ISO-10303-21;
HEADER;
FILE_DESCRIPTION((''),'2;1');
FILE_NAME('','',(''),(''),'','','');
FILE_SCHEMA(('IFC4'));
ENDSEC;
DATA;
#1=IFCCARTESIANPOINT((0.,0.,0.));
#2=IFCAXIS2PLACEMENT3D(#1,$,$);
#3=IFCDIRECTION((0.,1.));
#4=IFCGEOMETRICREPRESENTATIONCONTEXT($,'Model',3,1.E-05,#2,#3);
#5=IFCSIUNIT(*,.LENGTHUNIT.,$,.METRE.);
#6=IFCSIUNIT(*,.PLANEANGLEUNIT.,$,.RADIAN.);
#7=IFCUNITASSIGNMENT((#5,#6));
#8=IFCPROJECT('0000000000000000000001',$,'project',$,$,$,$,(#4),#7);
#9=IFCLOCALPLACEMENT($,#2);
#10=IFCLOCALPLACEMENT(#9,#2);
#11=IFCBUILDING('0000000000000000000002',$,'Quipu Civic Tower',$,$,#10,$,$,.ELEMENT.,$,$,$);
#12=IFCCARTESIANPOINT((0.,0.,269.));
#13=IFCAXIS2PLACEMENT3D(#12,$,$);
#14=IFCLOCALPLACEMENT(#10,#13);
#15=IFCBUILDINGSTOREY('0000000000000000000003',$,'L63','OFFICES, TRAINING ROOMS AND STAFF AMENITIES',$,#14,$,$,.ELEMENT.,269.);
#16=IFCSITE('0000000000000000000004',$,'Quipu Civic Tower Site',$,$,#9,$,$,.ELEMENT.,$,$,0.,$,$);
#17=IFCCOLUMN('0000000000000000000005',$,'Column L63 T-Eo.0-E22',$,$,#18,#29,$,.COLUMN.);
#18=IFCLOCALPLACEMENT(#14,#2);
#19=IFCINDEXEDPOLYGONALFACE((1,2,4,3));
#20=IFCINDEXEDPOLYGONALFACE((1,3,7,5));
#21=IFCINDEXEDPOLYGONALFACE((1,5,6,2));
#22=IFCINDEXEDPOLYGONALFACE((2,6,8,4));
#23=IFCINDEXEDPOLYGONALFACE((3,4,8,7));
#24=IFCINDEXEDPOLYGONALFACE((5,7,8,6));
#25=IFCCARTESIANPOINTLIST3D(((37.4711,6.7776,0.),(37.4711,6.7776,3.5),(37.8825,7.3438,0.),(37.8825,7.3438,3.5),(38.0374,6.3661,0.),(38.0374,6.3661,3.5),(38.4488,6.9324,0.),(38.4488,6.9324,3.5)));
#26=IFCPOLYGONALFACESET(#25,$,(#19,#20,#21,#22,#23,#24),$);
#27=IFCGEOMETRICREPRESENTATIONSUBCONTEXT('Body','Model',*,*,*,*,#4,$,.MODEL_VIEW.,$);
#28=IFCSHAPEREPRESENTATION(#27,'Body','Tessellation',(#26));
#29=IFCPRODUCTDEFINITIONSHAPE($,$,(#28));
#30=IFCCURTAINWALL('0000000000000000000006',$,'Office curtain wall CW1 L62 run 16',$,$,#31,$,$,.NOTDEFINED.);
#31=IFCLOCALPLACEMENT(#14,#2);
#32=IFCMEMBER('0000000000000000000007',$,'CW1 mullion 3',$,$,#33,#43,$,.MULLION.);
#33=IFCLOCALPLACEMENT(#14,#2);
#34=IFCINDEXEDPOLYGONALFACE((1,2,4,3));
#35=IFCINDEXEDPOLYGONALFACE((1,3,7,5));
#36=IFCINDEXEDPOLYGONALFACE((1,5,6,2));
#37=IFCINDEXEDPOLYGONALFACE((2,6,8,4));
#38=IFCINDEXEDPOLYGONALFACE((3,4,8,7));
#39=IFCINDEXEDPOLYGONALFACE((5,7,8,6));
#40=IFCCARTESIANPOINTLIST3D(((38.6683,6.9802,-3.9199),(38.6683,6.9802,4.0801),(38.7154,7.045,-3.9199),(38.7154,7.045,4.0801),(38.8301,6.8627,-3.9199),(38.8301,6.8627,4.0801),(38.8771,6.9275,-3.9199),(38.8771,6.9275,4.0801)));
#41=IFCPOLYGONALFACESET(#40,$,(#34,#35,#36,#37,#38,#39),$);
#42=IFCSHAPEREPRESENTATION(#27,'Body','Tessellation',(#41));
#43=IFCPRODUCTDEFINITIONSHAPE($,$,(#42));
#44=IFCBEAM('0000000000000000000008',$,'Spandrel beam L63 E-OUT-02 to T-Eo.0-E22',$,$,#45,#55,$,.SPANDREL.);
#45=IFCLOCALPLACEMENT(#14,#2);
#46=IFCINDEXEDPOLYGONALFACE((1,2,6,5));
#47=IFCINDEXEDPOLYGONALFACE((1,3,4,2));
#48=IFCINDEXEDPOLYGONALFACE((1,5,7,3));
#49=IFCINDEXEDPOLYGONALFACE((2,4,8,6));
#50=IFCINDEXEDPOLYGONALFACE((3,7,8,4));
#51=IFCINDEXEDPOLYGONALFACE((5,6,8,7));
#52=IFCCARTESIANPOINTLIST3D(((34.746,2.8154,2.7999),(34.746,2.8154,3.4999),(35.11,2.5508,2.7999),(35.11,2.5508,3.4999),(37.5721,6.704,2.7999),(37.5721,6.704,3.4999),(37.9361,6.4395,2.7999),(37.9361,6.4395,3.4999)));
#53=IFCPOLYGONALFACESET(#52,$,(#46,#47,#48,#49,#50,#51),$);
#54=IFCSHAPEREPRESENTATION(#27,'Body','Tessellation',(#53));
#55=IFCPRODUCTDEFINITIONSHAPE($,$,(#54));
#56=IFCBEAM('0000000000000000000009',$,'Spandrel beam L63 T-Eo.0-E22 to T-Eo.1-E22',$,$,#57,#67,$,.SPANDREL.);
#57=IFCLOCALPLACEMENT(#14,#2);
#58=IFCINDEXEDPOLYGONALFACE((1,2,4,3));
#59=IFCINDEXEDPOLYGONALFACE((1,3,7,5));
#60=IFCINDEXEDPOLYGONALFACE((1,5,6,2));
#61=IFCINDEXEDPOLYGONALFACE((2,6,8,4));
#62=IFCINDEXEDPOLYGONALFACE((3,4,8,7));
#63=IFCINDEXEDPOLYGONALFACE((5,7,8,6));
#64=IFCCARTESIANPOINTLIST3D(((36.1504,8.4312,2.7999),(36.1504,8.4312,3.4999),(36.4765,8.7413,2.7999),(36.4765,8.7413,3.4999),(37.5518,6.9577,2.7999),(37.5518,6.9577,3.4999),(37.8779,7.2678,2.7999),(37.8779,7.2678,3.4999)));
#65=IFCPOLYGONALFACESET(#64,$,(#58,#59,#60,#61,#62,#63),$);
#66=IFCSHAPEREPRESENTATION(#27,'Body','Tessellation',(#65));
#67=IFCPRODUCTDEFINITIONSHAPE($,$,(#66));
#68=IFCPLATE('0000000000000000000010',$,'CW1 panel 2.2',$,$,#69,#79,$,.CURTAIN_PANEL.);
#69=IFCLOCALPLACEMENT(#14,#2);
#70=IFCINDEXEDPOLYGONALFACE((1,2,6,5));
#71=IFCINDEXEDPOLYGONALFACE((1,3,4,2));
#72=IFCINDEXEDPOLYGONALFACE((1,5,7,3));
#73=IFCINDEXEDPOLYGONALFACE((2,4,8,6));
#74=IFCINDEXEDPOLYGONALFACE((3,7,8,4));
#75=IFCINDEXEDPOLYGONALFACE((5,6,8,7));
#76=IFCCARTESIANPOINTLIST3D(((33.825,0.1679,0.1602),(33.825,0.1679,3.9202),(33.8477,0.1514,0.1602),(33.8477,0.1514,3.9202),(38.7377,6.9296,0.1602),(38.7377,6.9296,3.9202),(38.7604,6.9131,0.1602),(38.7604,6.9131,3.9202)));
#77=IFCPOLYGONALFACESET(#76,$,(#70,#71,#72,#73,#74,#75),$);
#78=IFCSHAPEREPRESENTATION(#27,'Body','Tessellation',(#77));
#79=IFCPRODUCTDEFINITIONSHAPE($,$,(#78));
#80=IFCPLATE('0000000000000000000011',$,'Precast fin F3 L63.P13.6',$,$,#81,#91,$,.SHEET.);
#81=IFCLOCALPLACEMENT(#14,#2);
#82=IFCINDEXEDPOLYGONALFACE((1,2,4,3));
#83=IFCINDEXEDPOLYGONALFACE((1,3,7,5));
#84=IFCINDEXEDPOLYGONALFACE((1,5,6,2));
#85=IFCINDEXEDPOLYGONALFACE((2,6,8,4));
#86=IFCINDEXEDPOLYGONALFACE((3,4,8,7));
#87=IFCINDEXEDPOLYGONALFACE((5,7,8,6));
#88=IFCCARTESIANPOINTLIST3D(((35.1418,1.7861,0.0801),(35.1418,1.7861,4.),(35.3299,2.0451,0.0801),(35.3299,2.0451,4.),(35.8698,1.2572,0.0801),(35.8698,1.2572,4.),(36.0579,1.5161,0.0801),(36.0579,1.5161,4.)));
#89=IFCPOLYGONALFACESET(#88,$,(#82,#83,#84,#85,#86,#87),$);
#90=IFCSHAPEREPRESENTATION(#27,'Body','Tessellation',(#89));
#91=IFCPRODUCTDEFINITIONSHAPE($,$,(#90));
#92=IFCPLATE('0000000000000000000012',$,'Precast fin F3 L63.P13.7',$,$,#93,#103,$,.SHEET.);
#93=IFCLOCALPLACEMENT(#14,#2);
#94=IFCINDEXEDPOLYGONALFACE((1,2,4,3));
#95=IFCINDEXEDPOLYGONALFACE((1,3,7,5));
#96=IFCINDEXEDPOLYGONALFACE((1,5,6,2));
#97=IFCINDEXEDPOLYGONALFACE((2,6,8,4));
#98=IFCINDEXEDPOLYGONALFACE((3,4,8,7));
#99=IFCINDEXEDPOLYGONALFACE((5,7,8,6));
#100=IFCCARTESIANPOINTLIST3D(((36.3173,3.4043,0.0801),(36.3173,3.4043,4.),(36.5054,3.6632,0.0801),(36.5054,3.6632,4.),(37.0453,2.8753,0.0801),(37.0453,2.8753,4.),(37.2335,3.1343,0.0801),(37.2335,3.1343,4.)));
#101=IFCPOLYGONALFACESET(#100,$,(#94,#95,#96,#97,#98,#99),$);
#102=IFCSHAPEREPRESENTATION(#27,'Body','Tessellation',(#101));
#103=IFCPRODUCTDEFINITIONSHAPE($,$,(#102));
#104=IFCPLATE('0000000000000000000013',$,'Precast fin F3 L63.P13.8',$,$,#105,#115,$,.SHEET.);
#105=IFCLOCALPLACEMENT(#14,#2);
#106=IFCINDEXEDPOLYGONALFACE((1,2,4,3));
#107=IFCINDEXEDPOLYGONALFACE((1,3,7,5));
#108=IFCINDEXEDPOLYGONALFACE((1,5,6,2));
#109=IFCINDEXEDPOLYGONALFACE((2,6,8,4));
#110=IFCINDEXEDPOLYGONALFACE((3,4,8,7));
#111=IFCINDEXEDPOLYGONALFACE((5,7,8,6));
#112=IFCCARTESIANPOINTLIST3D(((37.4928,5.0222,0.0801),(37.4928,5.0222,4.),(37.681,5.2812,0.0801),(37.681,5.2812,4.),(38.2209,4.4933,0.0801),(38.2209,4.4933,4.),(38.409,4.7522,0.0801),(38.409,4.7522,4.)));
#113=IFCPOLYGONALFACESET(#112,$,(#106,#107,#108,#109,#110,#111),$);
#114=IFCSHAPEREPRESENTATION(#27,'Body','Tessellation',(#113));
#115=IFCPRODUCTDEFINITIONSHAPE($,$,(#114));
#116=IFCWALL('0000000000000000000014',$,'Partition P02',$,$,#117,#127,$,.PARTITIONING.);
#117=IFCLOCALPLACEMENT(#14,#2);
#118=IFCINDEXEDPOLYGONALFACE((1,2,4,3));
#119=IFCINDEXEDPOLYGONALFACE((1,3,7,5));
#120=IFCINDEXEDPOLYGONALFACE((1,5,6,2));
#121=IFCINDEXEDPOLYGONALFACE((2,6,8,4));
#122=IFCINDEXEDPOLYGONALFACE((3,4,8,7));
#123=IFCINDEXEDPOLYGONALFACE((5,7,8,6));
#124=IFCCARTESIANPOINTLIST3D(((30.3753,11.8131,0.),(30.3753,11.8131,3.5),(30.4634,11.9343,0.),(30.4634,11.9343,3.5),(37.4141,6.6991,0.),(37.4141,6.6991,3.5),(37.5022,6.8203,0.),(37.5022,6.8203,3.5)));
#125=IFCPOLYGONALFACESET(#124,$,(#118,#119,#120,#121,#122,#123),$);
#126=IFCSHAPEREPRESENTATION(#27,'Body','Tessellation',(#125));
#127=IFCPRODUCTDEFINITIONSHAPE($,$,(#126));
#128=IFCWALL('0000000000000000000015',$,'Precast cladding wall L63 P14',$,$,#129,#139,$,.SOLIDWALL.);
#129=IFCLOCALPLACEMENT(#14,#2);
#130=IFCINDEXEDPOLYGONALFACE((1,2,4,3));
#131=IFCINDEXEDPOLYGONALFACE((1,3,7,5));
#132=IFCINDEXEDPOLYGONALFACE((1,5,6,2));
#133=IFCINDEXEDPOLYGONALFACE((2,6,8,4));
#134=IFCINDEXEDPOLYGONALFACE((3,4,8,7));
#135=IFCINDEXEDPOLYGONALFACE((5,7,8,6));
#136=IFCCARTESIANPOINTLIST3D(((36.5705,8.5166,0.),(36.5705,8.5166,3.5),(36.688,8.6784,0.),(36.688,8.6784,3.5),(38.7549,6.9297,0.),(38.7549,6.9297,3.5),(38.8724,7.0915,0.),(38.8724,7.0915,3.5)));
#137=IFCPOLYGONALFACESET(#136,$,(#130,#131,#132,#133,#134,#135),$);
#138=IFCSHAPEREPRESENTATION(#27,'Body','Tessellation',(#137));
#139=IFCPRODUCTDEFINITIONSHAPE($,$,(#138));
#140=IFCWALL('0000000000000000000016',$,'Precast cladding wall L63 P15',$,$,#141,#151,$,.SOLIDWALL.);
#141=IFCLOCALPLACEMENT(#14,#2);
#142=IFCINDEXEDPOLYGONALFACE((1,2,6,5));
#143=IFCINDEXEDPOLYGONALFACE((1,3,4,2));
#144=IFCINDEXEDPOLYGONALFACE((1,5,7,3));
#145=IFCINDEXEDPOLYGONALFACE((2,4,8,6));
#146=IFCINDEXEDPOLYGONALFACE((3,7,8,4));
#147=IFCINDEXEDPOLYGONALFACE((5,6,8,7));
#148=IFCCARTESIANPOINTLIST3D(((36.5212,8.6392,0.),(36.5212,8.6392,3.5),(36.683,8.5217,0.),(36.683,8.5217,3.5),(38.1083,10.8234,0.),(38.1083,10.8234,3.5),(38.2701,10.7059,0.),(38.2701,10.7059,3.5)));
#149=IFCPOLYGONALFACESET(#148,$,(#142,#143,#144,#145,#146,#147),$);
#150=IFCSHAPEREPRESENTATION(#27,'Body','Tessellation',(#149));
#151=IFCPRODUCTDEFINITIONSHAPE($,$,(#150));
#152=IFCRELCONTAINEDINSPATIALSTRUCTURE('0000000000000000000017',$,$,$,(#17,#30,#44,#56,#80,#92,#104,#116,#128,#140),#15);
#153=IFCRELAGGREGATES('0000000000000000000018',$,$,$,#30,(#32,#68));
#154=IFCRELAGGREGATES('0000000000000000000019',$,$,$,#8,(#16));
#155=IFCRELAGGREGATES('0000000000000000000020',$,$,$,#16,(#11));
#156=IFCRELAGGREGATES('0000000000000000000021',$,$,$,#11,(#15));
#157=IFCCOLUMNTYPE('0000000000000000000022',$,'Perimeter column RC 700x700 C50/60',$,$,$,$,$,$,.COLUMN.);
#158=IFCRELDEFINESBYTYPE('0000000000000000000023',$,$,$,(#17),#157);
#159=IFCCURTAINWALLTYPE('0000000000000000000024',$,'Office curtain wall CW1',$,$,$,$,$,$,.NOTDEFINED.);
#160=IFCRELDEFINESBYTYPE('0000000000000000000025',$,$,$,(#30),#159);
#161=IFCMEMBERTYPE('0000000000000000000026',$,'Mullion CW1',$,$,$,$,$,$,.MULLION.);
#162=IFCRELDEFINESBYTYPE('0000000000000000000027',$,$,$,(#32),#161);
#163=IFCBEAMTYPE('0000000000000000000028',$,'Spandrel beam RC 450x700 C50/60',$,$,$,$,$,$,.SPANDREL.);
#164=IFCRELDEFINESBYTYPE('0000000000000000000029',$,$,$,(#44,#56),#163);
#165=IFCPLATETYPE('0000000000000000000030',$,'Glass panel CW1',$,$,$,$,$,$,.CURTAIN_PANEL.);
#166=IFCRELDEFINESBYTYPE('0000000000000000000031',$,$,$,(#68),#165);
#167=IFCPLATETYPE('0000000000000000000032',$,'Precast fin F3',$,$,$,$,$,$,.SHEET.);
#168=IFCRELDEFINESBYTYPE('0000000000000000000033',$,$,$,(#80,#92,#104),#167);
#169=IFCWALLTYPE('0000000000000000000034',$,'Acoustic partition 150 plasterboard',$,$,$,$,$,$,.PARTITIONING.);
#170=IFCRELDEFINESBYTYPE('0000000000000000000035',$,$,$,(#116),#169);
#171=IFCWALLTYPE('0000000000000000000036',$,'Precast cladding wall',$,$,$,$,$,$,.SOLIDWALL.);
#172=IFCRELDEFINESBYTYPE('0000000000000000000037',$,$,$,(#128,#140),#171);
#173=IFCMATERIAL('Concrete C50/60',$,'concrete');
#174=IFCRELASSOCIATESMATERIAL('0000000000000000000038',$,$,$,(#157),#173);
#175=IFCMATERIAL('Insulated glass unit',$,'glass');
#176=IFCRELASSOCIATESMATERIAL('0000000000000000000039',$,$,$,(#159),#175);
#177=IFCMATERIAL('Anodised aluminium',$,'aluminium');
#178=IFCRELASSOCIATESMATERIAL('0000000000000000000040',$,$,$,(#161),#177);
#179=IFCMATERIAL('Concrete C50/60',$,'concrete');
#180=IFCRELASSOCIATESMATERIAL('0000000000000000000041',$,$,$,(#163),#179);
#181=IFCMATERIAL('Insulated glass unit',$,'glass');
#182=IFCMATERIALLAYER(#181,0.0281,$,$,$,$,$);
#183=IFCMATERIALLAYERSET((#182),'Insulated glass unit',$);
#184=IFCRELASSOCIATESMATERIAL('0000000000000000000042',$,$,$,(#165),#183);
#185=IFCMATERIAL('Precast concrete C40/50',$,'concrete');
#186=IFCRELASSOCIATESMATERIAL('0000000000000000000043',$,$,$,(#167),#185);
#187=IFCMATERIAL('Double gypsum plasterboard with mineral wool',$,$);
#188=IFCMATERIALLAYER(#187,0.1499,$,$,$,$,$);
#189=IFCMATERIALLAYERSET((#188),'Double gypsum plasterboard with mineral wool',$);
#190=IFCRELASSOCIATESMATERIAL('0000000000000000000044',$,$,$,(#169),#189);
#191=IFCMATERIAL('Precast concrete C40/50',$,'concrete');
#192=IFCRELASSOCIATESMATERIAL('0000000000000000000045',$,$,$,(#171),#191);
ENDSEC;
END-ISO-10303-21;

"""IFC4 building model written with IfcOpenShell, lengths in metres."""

from ifc_helpers import new_model, si_unit, direction, frame, frame_2d, origin, origin_2d, place, context, subcontext, project, spatial, rectangle, extrude, material, layer, layer_set, material_profile, profile_set, type_object, element, aggregate, save


model = new_model("IFC4")

# Units and contexts
model_context = context("Model", 3, precision=1e-05, world=origin(), true_north=direction((0.0, 1.0)))
body_context = subcontext(model_context, "Body", "Model", "MODEL_VIEW")
ifc_project = project(units=[si_unit("LENGTHUNIT", "METRE"), si_unit("PLANEANGLEUNIT", "RADIAN")], contexts=[model_context])

# Site, building, storey
site_placement = place(None, origin())
site = spatial("IfcSite", under=ifc_project, at=site_placement, Name="Quipu Civic Tower Site", CompositionType="ELEMENT", RefElevation=0.0)
building_placement = place(site_placement, origin())
building = spatial("IfcBuilding", under=site, at=building_placement, Name="Quipu Civic Tower", CompositionType="ELEMENT")
storey_placement = place(building_placement, frame((0.0, 0.0, 269.0)))
storey = spatial("IfcBuildingStorey", under=building, at=storey_placement, Name="L63", Description="OFFICES, TRAINING ROOMS AND STAFF AMENITIES", CompositionType="ELEMENT", Elevation=269.0)

# Column
ifc_material_1 = material(Name="Concrete C50/60", Category="concrete")
ifc_material_profile_1 = material_profile(ifc_material_1, rectangle(XDim=0.7, YDim=0.7, at=origin_2d()), Name="RC700x700")
ifc_profile_set_1 = profile_set([ifc_material_profile_1], Name="Concrete C50/60")
column_type = type_object("IfcColumnType", Name="Perimeter column RC 700x700 C50/60", PredefinedType="COLUMN", material=ifc_profile_set_1)
column_placement = place(storey_placement, frame((37.96, 6.855, 0.0), z_axis=(0.0, 0.0, 1.0), x_axis=(0.587785, 0.809017, 0.0)))
element("IfcColumn", 1, at=column_placement, inside=storey, type_object=column_type, Name="Column L63 T-Eo.0-E22", PredefinedType="COLUMN", context=body_context, shape_type="SweptSolid", body=[
    extrude(rectangle(XDim=0.7, YDim=0.7, at=origin_2d()), origin(), (0.0, 0.0, 1.0), 3.5),
])

# Curtain wall, member
ifc_material_2 = material(Name="Insulated glass unit", Category="glass")
curtain_wall_type = type_object("IfcCurtainWallType", Name="Office curtain wall CW1", PredefinedType="NOTDEFINED", material=ifc_material_2)
curtain_wall_placement = place(storey_placement, origin())
curtain_wall = element("IfcCurtainWall", 2, at=curtain_wall_placement, inside=storey, type_object=curtain_wall_type, Name="Office curtain wall CW1 L62 run 16", PredefinedType="NOTDEFINED")
ifc_material_3 = material(Name="Anodised aluminium", Category="aluminium")
ifc_material_profile_2 = material_profile(ifc_material_3, rectangle(XDim=0.2, YDim=0.0801, at=origin_2d()), Name="RECT 200x80")
ifc_profile_set_2 = profile_set([ifc_material_profile_2], Name="Anodised aluminium")
member_type = type_object("IfcMemberType", Name="Mullion CW1", PredefinedType="MULLION", material=ifc_profile_set_2)
member_placement = place(storey_placement, frame((38.7727, 6.9539, -3.9199), z_axis=(0.0, 0.0, 1.0), x_axis=(-0.809016, 0.587786, 0.0)))
member = element("IfcMember", 3, at=member_placement, type_object=member_type, Name="CW1 mullion 3", PredefinedType="MULLION", context=body_context, shape_type="SweptSolid", body=[
    extrude(rectangle(XDim=0.2, YDim=0.0801, at=origin_2d()), origin(), (0.0, 0.0, 1.0), 8.0),
])

# Beams
ifc_material_4 = material(Name="Concrete C50/60", Category="concrete")
ifc_material_profile_3 = material_profile(ifc_material_4, rectangle(XDim=0.45, YDim=0.7, at=origin_2d()), Name="RC450x700")
ifc_profile_set_3 = profile_set([ifc_material_profile_3], Name="Concrete C50/60")
beam_type = type_object("IfcBeamType", Name="Spandrel beam RC 450x700 C50/60", PredefinedType="SPANDREL", material=ifc_profile_set_3)
beam_1_placement = place(storey_placement, frame((34.928, 2.6831, 3.1499), z_axis=(0.587906, 0.808929, 0.0), x_axis=(-0.808929, 0.587906, 0.0)))
element("IfcBeam", 4, at=beam_1_placement, inside=storey, type_object=beam_type, Name="Spandrel beam L63 E-OUT-02 to T-Eo.0-E22", PredefinedType="SPANDREL", context=body_context, shape_type="SweptSolid", body=[
    extrude(rectangle(XDim=0.45, YDim=0.7, at=origin_2d()), origin(), (0.0, 0.0, 1.0), 4.8071),
])
beam_2_placement = place(storey_placement, frame((37.7148, 7.1128, 3.1499), z_axis=(-0.689175, 0.724595, 0.0), x_axis=(-0.724595, -0.689175, 0.0)))
element("IfcBeam", 5, at=beam_2_placement, inside=storey, type_object=beam_type, Name="Spandrel beam L63 T-Eo.0-E22 to T-Eo.1-E22", PredefinedType="SPANDREL", context=body_context, shape_type="SweptSolid", body=[
    extrude(rectangle(XDim=0.45, YDim=0.7, at=origin_2d()), origin(), (0.0, 0.0, 1.0), 2.0334),
])

# Plate
ifc_material_5 = material(Name="Insulated glass unit", Category="glass")
ifc_layer_1 = layer(ifc_material_5, 0.0281)
ifc_layer_set_1 = layer_set([ifc_layer_1], Name="Insulated glass unit")
plate_type_1 = type_object("IfcPlateType", Name="Glass panel CW1", PredefinedType="CURTAIN_PANEL", material=ifc_layer_set_1)
plate_placement = place(storey_placement, frame((36.2927, 3.5405, 0.1602), z_axis=(0.0, 0.0, 1.0), x_axis=(0.587786, 0.809016, 0.0)))
plate = element("IfcPlate", 6, at=plate_placement, type_object=plate_type_1, Name="CW1 panel 2.2", PredefinedType="CURTAIN_PANEL", context=body_context, shape_type="SweptSolid", body=[
    extrude(rectangle(XDim=8.3579, YDim=0.0281, at=origin_2d()), origin(), (0.0, 0.0, 1.0), 3.76),
])
aggregate(curtain_wall, [member, plate])

# Plates
ifc_material_6 = material(Name="Precast concrete C40/50", Category="concrete")
plate_type_2 = type_object("IfcPlateType", Name="Precast fin F3", PredefinedType="SHEET", material=ifc_material_6)
for number, where, z_axis, x_axis, name in (
    (7, (35.5999, 1.6511, 0.0801), (0.0, 0.0, 1.0), (0.587787, 0.809016, 0.0), "Precast fin F3 L63.P13.6"),
    (8, (36.7754, 3.2693, 0.0801), (0.0, 0.0, 1.0), (0.587787, 0.809016, 0.0), "Precast fin F3 L63.P13.7"),
    (9, (37.9509, 4.8872, 0.0801), (0.0, 0.0, 1.0), (0.587787, 0.809016, 0.0), "Precast fin F3 L63.P13.8"),
):
    element("IfcPlate", number, at=place(storey_placement, frame(where, z_axis=z_axis, x_axis=x_axis)), inside=storey, type_object=plate_type_2, Name=name, PredefinedType="SHEET", context=body_context, shape_type="SweptSolid", body=[
        extrude(rectangle(XDim=0.3201, YDim=0.8999, at=origin_2d()), origin(), (0.0, 0.0, 1.0), 3.9199),
    ])

# Walls
ifc_material_7 = material(Name="Double gypsum plasterboard with mineral wool")
ifc_layer_2 = layer(ifc_material_7, 0.1499)
ifc_layer_set_2 = layer_set([ifc_layer_2], Name="Double gypsum plasterboard with mineral wool")
wall_type_1 = type_object("IfcWallType", Name="Acoustic partition 150 plasterboard", PredefinedType="PARTITIONING", material=ifc_layer_set_2)
wall_placement = place(storey_placement, frame((37.458, 6.7598, 0.0), z_axis=(0.0, 0.0, 1.0), x_axis=(-0.809016, 0.587786, 0.0)))
element("IfcWall", 10, at=wall_placement, inside=storey, type_object=wall_type_1, Name="Partition P02", PredefinedType="PARTITIONING", context=body_context, shape_type="SweptSolid", body=[
    extrude(rectangle(XDim=8.7004, YDim=0.1499, at=frame_2d((4.3501, 0.0))), origin(), (0.0, 0.0, 1.0), 3.5),
])
ifc_material_8 = material(Name="Precast concrete C40/50", Category="concrete")
wall_type_2 = type_object("IfcWallType", Name="Precast cladding wall", PredefinedType="SOLIDWALL", material=ifc_material_8)
for number, where, z_axis, x_axis, name in (
    (11, (38.8137, 7.0105, 0.0), (0.0, 0.0, 1.0), (-0.809033, 0.587763, 0.0), "Precast cladding wall L63 P14"),
    (12, (36.6021, 8.5803, 0.0), (0.0, 0.0, 1.0), (0.587822, 0.80899, 0.0), "Precast cladding wall L63 P15"),
):
    element("IfcWall", number, at=place(storey_placement, frame(where, z_axis=z_axis, x_axis=x_axis)), inside=storey, type_object=wall_type_2, Name=name, PredefinedType="SOLIDWALL", context=body_context, shape_type="SweptSolid", body=[
        extrude(rectangle(XDim=2.7, YDim=0.2, at=frame_2d((1.3501, 0.0))), origin(), (0.0, 0.0, 1.0), 3.5),
    ])

save(model, "model.ifc")
